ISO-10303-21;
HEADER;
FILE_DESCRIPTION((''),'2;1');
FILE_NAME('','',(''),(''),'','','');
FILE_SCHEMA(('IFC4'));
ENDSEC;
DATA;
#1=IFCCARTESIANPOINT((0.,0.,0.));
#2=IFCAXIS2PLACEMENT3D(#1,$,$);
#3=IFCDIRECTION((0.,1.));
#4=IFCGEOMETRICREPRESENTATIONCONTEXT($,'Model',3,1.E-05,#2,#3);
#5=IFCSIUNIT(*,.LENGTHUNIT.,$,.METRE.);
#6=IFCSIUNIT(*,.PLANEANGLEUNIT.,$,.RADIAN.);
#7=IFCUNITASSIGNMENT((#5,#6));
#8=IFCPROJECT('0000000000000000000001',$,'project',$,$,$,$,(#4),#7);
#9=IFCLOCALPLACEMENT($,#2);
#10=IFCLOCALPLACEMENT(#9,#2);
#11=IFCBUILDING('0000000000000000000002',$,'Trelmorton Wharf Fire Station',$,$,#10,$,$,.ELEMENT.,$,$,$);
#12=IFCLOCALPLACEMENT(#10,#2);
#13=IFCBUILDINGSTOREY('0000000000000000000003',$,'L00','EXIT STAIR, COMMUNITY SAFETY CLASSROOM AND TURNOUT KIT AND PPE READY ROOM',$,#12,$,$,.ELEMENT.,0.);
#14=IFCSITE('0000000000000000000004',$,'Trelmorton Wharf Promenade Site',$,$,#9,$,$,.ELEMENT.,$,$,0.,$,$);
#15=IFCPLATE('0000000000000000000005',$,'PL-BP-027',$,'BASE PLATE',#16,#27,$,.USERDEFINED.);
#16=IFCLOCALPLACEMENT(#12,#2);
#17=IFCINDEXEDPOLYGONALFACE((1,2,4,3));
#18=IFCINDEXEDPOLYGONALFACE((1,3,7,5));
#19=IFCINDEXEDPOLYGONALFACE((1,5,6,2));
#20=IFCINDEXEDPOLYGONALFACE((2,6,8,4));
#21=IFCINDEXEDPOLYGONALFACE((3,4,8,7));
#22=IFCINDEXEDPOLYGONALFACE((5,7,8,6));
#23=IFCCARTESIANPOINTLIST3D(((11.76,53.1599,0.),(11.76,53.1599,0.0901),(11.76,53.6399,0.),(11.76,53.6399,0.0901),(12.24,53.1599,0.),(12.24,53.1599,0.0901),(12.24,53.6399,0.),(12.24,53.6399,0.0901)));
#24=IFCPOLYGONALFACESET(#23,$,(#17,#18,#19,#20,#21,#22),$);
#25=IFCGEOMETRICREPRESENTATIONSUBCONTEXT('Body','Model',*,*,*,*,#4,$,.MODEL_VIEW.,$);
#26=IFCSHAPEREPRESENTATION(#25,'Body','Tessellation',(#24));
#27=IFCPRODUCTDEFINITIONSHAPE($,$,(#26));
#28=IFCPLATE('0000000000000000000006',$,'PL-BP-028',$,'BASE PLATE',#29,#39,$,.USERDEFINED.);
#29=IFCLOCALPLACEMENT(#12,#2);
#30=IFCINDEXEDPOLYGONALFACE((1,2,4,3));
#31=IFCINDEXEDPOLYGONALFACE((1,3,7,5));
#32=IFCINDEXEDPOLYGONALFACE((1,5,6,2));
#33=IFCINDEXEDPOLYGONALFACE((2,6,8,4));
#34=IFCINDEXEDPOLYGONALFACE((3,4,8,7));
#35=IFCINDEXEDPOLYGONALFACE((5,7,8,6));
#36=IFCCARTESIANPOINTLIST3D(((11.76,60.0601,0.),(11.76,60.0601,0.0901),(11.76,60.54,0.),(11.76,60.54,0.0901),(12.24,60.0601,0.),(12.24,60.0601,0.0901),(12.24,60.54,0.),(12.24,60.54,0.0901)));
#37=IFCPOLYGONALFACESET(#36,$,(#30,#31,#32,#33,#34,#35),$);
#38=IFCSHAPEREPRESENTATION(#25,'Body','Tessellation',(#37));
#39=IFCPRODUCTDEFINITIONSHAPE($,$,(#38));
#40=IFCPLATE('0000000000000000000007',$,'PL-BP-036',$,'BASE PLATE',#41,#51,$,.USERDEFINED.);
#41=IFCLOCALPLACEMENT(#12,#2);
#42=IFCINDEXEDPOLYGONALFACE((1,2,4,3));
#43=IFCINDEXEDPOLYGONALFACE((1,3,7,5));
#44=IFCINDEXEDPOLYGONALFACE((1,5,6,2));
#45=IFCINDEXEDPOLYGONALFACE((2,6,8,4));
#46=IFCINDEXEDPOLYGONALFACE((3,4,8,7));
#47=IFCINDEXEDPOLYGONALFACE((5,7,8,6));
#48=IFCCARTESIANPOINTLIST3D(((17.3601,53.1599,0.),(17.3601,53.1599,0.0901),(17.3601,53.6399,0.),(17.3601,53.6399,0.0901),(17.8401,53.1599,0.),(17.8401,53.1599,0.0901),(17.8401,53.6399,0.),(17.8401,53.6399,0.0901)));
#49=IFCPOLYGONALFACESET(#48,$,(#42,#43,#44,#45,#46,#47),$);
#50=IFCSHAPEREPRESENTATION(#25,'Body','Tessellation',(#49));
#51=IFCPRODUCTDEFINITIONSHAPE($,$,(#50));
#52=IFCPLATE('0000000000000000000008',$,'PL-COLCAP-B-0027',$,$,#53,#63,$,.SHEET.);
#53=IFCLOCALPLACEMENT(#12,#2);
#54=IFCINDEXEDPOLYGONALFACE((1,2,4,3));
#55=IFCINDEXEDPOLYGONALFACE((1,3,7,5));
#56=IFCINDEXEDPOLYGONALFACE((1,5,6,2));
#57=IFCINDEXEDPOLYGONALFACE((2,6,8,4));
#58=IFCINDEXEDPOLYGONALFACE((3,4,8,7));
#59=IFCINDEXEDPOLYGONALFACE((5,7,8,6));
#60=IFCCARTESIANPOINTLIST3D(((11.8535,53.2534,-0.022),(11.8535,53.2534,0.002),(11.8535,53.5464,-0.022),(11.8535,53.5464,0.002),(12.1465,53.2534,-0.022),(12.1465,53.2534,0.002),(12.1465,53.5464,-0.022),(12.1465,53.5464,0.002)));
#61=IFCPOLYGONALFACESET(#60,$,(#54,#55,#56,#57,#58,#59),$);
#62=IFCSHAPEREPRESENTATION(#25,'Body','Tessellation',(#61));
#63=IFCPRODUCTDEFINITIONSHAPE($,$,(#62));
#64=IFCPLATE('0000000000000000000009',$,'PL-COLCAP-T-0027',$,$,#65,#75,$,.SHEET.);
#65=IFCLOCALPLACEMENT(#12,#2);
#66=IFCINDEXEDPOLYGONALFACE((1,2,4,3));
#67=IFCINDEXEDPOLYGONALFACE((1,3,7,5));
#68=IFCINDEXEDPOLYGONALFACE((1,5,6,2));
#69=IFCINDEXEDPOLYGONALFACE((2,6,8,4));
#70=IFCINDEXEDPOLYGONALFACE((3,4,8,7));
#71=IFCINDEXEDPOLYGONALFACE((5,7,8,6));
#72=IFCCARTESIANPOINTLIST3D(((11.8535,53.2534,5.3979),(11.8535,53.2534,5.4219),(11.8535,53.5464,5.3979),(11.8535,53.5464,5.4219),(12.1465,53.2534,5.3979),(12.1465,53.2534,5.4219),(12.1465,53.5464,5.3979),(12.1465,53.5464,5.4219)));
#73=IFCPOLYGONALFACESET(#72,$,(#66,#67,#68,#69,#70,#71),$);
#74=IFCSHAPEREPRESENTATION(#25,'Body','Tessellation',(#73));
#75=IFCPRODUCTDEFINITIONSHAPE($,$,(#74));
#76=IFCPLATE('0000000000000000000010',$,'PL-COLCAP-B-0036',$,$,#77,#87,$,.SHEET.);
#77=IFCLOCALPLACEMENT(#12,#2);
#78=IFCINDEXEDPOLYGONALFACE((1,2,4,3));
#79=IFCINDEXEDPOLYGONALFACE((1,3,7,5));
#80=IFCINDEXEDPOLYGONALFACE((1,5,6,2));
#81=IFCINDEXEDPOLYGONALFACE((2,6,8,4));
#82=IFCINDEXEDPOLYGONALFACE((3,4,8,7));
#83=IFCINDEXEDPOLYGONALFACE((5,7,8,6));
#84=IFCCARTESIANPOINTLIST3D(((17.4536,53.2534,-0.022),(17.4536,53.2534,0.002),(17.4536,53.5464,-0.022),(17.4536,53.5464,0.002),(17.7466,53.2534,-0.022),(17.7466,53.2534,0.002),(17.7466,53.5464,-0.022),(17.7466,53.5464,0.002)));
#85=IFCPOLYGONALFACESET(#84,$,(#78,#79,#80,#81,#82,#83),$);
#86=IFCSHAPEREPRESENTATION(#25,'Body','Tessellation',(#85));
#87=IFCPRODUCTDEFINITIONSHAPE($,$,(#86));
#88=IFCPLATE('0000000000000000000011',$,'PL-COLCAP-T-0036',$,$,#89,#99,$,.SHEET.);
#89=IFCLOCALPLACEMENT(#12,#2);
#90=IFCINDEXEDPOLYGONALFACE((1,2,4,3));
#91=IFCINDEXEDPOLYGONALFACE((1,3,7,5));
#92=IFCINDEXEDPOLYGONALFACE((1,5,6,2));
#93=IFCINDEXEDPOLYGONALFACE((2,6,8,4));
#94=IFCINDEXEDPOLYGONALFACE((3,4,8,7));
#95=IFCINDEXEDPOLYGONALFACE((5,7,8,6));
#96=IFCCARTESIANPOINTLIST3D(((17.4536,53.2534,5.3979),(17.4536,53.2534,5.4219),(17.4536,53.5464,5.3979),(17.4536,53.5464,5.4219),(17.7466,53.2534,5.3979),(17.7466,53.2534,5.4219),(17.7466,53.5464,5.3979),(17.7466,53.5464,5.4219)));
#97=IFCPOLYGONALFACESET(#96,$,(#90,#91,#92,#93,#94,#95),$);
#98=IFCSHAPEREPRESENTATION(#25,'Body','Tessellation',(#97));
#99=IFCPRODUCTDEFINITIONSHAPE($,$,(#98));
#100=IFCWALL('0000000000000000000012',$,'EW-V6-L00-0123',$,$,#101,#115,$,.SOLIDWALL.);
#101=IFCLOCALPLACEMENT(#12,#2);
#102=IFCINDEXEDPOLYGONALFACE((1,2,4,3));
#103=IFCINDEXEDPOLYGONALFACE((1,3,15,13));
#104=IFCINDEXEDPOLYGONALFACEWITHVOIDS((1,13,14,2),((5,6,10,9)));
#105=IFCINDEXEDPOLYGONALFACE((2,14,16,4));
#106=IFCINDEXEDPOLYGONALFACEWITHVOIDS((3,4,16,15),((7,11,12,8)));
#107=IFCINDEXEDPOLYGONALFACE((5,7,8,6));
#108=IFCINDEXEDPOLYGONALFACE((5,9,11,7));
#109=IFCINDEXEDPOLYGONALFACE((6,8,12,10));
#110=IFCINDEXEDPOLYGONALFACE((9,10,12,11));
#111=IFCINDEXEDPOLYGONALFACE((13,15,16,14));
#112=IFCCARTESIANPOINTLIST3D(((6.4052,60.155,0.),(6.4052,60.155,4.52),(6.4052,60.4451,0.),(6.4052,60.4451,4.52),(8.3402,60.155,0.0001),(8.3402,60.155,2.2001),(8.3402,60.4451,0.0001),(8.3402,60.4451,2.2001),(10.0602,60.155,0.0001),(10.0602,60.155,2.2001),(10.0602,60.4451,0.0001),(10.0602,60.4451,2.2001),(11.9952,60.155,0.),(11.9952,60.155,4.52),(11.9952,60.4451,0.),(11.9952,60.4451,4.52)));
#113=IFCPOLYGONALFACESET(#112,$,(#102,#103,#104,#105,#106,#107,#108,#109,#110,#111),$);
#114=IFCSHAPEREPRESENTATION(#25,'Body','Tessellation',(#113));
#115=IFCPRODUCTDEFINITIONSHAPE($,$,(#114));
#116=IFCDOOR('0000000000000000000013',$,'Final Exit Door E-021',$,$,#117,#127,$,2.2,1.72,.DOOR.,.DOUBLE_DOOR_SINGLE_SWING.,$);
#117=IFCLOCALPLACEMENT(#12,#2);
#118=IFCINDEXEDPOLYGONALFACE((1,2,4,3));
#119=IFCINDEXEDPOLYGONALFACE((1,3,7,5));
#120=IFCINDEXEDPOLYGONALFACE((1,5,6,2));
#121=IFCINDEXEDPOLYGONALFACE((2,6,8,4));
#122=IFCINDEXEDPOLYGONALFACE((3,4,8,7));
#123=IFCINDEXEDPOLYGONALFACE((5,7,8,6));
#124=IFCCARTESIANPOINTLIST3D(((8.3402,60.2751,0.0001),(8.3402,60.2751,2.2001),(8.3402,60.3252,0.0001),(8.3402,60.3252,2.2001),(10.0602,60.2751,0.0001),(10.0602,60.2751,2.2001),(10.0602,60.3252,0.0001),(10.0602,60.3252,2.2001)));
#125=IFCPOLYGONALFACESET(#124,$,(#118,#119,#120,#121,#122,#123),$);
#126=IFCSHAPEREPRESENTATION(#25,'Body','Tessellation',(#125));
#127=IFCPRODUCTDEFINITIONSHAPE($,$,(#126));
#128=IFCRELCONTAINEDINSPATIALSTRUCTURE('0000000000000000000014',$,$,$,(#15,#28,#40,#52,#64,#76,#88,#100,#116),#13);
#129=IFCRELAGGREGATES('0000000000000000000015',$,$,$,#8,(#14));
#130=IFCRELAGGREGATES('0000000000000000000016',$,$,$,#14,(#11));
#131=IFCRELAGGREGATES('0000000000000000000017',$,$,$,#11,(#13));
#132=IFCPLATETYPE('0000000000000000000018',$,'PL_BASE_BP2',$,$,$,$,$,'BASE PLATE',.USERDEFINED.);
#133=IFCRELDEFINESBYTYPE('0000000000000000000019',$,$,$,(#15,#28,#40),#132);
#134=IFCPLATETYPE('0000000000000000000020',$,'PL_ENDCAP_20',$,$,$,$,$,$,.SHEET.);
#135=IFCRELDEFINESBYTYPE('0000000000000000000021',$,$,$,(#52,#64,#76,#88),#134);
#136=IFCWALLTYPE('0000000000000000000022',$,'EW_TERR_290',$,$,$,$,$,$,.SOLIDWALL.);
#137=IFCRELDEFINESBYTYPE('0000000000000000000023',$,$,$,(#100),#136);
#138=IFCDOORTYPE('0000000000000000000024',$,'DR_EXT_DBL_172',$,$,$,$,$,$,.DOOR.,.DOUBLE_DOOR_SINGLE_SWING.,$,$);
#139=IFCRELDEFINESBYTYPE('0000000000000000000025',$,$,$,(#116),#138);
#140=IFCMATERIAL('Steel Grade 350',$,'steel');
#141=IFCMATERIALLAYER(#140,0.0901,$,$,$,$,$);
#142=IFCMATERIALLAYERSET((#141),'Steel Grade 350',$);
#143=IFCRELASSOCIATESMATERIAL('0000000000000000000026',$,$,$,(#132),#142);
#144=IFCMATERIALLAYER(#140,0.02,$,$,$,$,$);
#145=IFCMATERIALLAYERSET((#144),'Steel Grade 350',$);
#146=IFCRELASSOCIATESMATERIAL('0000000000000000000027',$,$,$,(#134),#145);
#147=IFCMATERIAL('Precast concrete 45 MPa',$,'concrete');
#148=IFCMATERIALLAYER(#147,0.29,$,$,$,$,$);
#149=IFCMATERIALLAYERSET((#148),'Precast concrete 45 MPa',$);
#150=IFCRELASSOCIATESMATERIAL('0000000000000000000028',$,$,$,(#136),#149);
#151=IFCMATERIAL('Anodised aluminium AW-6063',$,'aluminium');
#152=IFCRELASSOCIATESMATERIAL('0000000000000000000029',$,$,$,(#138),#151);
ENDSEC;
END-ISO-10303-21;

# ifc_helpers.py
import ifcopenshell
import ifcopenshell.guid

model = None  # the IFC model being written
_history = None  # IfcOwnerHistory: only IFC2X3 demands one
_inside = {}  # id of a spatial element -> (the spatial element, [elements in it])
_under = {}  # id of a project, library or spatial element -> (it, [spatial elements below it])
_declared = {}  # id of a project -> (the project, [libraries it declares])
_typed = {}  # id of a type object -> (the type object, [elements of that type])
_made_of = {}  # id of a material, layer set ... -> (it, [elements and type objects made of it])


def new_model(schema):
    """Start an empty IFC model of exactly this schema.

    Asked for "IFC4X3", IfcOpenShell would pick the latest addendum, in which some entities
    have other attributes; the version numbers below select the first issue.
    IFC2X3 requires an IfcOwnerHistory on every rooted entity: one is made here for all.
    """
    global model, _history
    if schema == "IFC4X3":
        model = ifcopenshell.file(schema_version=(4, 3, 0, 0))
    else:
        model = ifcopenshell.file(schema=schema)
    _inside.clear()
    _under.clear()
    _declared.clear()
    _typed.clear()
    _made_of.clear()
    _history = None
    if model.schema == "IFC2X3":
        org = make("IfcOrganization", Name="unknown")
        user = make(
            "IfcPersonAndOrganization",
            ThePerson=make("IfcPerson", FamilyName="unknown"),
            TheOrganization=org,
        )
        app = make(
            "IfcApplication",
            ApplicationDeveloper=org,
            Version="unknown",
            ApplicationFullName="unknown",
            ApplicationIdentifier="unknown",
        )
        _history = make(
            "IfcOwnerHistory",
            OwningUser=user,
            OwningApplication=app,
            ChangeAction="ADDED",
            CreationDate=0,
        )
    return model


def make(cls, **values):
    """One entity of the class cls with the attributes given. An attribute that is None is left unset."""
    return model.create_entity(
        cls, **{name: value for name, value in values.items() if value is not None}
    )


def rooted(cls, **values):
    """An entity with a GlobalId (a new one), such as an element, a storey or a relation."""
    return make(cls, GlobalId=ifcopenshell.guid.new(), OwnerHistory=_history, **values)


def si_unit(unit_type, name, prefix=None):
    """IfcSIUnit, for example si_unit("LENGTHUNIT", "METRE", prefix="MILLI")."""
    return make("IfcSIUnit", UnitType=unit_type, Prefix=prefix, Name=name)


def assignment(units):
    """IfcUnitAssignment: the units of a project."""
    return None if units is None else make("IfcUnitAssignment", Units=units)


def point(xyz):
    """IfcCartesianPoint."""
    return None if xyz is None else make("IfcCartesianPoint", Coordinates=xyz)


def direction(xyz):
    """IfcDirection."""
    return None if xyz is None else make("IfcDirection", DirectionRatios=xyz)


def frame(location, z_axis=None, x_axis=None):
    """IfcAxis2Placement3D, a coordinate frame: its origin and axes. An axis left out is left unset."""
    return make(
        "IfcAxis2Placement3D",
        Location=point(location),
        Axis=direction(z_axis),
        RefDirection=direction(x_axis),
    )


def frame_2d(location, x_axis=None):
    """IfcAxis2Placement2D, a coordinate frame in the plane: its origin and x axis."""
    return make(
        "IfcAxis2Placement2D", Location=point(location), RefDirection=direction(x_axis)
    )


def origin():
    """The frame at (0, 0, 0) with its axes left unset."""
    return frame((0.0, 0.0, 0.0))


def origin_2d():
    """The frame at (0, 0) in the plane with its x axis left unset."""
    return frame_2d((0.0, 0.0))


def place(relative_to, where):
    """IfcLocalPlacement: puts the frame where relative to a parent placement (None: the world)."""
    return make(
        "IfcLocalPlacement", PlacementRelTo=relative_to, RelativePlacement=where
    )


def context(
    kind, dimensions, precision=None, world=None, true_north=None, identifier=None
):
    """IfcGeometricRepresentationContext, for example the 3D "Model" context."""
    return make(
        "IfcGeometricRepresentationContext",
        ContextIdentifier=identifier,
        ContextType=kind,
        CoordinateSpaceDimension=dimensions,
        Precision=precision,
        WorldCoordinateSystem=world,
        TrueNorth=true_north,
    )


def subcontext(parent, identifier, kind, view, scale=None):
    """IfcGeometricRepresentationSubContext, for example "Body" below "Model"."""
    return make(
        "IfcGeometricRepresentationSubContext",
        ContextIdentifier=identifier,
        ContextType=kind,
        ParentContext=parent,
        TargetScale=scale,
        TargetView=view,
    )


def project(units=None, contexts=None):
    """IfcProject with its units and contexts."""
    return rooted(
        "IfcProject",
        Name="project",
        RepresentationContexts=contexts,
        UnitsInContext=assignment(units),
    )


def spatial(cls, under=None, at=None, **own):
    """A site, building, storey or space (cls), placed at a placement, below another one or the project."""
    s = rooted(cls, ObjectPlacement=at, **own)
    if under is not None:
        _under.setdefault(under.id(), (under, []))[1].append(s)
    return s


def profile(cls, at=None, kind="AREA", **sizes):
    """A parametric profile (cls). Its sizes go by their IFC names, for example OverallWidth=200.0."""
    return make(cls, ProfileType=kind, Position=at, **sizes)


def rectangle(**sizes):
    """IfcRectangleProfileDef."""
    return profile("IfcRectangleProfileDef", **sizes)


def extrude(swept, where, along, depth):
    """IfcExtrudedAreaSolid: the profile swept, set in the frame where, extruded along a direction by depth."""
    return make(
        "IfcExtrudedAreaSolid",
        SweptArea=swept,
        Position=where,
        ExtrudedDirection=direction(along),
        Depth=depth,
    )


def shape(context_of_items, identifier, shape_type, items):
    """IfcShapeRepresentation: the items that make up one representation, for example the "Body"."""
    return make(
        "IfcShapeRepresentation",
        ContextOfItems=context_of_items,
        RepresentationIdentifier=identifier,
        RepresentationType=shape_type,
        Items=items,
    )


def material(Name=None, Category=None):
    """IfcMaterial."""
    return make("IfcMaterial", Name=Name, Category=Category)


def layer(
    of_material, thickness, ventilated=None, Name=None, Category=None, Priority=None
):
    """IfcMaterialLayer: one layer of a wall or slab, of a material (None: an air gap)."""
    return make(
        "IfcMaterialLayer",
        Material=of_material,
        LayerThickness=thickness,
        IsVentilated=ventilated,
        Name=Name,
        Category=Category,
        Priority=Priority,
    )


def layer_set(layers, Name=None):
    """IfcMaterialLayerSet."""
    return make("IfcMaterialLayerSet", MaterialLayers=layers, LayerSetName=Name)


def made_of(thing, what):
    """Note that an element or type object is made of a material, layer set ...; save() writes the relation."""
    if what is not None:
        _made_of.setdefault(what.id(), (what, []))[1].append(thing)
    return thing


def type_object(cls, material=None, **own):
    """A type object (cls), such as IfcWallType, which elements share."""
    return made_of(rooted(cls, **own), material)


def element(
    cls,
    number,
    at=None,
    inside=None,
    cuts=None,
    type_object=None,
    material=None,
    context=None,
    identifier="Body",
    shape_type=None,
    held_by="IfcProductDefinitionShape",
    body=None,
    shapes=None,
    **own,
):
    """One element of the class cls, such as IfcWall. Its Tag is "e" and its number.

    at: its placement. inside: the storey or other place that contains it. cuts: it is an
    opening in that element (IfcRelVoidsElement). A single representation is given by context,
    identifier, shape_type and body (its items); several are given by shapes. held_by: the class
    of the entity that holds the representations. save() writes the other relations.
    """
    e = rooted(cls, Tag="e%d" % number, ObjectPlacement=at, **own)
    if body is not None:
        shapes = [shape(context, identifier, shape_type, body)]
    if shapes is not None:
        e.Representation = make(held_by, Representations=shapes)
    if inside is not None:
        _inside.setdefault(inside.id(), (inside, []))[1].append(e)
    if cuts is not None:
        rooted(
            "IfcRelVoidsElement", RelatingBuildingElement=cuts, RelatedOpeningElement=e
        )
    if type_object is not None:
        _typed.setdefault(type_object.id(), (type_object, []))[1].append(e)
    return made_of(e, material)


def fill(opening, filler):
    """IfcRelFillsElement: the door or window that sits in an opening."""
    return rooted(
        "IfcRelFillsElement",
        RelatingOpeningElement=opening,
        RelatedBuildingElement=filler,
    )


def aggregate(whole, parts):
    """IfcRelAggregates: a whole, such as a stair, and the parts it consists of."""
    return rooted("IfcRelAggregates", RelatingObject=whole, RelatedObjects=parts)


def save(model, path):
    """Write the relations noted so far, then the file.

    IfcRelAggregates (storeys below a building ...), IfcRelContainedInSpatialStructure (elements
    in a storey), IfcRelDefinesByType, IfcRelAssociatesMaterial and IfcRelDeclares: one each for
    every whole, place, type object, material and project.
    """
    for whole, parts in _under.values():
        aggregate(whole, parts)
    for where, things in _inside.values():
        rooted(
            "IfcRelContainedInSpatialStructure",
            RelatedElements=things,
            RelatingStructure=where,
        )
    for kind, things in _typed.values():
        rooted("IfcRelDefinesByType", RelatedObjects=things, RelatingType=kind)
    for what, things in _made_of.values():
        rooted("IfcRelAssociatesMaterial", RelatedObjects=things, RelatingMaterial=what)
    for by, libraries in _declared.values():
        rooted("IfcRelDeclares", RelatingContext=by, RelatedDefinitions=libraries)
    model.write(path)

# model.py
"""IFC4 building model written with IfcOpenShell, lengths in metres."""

from ifc_helpers import new_model, si_unit, direction, frame, frame_2d, origin, origin_2d, place, context, subcontext, project, spatial, rectangle, extrude, material, layer, layer_set, type_object, element, fill, save


model = new_model("IFC4")

# Units and contexts
model_context = context("Model", 3, precision=1e-05, world=origin(), true_north=direction((0.0, 1.0)))
body_context = subcontext(model_context, "Body", "Model", "MODEL_VIEW")
ifc_project = project(units=[si_unit("LENGTHUNIT", "METRE"), si_unit("PLANEANGLEUNIT", "RADIAN")], contexts=[model_context])

# Site, building, storey
site_placement = place(None, origin())
site = spatial("IfcSite", under=ifc_project, at=site_placement, Name="Trelmorton Wharf Promenade Site", CompositionType="ELEMENT", RefElevation=0.0)
building_placement = place(site_placement, origin())
building = spatial("IfcBuilding", under=site, at=building_placement, Name="Trelmorton Wharf Fire Station", CompositionType="ELEMENT")
storey_placement = place(building_placement, origin())
storey = spatial("IfcBuildingStorey", under=building, at=storey_placement, Name="L00", Description="EXIT STAIR, COMMUNITY SAFETY CLASSROOM AND TURNOUT KIT AND PPE READY ROOM", CompositionType="ELEMENT", Elevation=0.0)

# Shared definitions
ifc_material_1 = material(Name="Steel Grade 350", Category="steel")

# Plates
ifc_layer_1 = layer(ifc_material_1, 0.0901)
ifc_layer_set_1 = layer_set([ifc_layer_1], Name="Steel Grade 350")
plate_type_1 = type_object("IfcPlateType", Name="PL_BASE_BP2", ElementType="BASE PLATE", PredefinedType="USERDEFINED", material=ifc_layer_set_1)
for number, where, z_axis, x_axis, name in (
    (1, (12.0, 53.3999, 0.0), (0.0, 0.0, 1.0), (1.0, 0.0, 0.0), "PL-BP-027"),
    (2, (12.0, 60.3, 0.0), (0.0, 0.0, 1.0), (1.0, 0.0, 0.0), "PL-BP-028"),
    (3, (17.6001, 53.3999, 0.0), (0.0, 0.0, 1.0), (1.0, 0.0, 0.0), "PL-BP-036"),
):
    element("IfcPlate", number, at=place(storey_placement, frame(where, z_axis=z_axis, x_axis=x_axis)), inside=storey, type_object=plate_type_1, Name=name, ObjectType="BASE PLATE", PredefinedType="USERDEFINED", context=body_context, shape_type="SweptSolid", body=[
        extrude(rectangle(XDim=0.48, YDim=0.48, at=origin_2d()), origin(), (0.0, 0.0, 1.0), 0.0901),
    ])
ifc_layer_2 = layer(ifc_material_1, 0.02)
ifc_layer_set_2 = layer_set([ifc_layer_2], Name="Steel Grade 350")
plate_type_2 = type_object("IfcPlateType", Name="PL_ENDCAP_20", PredefinedType="SHEET", material=ifc_layer_set_2)
for number, where, z_axis, x_axis, name in (
    (4, (12.0, 53.3999, -0.022), (0.0, 0.0, 1.0), (1.0, 0.0, 0.0), "PL-COLCAP-B-0027"),
    (5, (12.0, 53.3999, 5.3979), (0.0, 0.0, 1.0), (1.0, 0.0, 0.0), "PL-COLCAP-T-0027"),
    (6, (17.6001, 53.3999, -0.022), (0.0, 0.0, 1.0), (1.0, 0.0, 0.0), "PL-COLCAP-B-0036"),
    (7, (17.6001, 53.3999, 5.3979), (0.0, 0.0, 1.0), (1.0, 0.0, 0.0), "PL-COLCAP-T-0036"),
):
    element("IfcPlate", number, at=place(storey_placement, frame(where, z_axis=z_axis, x_axis=x_axis)), inside=storey, type_object=plate_type_2, Name=name, PredefinedType="SHEET", context=body_context, shape_type="SweptSolid", body=[
        extrude(rectangle(XDim=0.293, YDim=0.293, at=origin_2d()), origin(), (0.0, 0.0, 1.0), 0.0239),
    ])

# Wall, opening, door
ifc_material_2 = material(Name="Precast concrete 45 MPa", Category="concrete")
ifc_layer_3 = layer(ifc_material_2, 0.29)
ifc_layer_set_3 = layer_set([ifc_layer_3], Name="Precast concrete 45 MPa")
wall_type = type_object("IfcWallType", Name="EW_TERR_290", PredefinedType="SOLIDWALL", material=ifc_layer_set_3)
wall_placement = place(storey_placement, frame((11.9951, 60.3, 0.0), z_axis=(0.0, 0.0, 1.0), x_axis=(-1.0, 0.0, 0.0)))
wall = element("IfcWall", 8, at=wall_placement, inside=storey, type_object=wall_type, Name="EW-V6-L00-0123", PredefinedType="SOLIDWALL", context=body_context, shape_type="SweptSolid", body=[
    extrude(rectangle(XDim=5.5901, YDim=0.29, at=frame_2d((2.7949, 0.0))), origin(), (0.0, 0.0, 1.0), 4.52),
])
opening_placement = place(wall_placement, frame((1.9351, 0.0, 0.0)))
opening = element("IfcOpeningElement", 9, at=opening_placement, cuts=wall, PredefinedType="OPENING", context=body_context, shape_type="SweptSolid", body=[
    extrude(rectangle(XDim=1.72, YDim=2.2, at=frame_2d((0.8599, 1.1001))), frame((0.0, 0.155, 0.0), z_axis=(0.0, -1.0, 0.0), x_axis=(1.0, 0.0, 0.0)), (0.0, 0.0, 1.0), 0.3101),
])
ifc_material_3 = material(Name="Anodised aluminium AW-6063", Category="aluminium")
door_type = type_object("IfcDoorType", Name="DR_EXT_DBL_172", OperationType="DOUBLE_DOOR_SINGLE_SWING", PredefinedType="DOOR", material=ifc_material_3)
door_placement = place(opening_placement, origin())
door = element("IfcDoor", 10, at=door_placement, inside=storey, type_object=door_type, Name="Final Exit Door E-021", OperationType="DOUBLE_DOOR_SINGLE_SWING", OverallHeight=2.2, OverallWidth=1.72, PredefinedType="DOOR", context=body_context, shape_type="SweptSolid", body=[
    extrude(rectangle(XDim=1.72, YDim=2.2, at=frame_2d((0.8599, 1.1001))), frame((0.0, 0.0249, 0.0), z_axis=(0.0, -1.0, 0.0), x_axis=(1.0, 0.0, 0.0)), (0.0, 0.0, 1.0), 0.05),
])
fill(opening, door)

save(model, "model.ifc")
